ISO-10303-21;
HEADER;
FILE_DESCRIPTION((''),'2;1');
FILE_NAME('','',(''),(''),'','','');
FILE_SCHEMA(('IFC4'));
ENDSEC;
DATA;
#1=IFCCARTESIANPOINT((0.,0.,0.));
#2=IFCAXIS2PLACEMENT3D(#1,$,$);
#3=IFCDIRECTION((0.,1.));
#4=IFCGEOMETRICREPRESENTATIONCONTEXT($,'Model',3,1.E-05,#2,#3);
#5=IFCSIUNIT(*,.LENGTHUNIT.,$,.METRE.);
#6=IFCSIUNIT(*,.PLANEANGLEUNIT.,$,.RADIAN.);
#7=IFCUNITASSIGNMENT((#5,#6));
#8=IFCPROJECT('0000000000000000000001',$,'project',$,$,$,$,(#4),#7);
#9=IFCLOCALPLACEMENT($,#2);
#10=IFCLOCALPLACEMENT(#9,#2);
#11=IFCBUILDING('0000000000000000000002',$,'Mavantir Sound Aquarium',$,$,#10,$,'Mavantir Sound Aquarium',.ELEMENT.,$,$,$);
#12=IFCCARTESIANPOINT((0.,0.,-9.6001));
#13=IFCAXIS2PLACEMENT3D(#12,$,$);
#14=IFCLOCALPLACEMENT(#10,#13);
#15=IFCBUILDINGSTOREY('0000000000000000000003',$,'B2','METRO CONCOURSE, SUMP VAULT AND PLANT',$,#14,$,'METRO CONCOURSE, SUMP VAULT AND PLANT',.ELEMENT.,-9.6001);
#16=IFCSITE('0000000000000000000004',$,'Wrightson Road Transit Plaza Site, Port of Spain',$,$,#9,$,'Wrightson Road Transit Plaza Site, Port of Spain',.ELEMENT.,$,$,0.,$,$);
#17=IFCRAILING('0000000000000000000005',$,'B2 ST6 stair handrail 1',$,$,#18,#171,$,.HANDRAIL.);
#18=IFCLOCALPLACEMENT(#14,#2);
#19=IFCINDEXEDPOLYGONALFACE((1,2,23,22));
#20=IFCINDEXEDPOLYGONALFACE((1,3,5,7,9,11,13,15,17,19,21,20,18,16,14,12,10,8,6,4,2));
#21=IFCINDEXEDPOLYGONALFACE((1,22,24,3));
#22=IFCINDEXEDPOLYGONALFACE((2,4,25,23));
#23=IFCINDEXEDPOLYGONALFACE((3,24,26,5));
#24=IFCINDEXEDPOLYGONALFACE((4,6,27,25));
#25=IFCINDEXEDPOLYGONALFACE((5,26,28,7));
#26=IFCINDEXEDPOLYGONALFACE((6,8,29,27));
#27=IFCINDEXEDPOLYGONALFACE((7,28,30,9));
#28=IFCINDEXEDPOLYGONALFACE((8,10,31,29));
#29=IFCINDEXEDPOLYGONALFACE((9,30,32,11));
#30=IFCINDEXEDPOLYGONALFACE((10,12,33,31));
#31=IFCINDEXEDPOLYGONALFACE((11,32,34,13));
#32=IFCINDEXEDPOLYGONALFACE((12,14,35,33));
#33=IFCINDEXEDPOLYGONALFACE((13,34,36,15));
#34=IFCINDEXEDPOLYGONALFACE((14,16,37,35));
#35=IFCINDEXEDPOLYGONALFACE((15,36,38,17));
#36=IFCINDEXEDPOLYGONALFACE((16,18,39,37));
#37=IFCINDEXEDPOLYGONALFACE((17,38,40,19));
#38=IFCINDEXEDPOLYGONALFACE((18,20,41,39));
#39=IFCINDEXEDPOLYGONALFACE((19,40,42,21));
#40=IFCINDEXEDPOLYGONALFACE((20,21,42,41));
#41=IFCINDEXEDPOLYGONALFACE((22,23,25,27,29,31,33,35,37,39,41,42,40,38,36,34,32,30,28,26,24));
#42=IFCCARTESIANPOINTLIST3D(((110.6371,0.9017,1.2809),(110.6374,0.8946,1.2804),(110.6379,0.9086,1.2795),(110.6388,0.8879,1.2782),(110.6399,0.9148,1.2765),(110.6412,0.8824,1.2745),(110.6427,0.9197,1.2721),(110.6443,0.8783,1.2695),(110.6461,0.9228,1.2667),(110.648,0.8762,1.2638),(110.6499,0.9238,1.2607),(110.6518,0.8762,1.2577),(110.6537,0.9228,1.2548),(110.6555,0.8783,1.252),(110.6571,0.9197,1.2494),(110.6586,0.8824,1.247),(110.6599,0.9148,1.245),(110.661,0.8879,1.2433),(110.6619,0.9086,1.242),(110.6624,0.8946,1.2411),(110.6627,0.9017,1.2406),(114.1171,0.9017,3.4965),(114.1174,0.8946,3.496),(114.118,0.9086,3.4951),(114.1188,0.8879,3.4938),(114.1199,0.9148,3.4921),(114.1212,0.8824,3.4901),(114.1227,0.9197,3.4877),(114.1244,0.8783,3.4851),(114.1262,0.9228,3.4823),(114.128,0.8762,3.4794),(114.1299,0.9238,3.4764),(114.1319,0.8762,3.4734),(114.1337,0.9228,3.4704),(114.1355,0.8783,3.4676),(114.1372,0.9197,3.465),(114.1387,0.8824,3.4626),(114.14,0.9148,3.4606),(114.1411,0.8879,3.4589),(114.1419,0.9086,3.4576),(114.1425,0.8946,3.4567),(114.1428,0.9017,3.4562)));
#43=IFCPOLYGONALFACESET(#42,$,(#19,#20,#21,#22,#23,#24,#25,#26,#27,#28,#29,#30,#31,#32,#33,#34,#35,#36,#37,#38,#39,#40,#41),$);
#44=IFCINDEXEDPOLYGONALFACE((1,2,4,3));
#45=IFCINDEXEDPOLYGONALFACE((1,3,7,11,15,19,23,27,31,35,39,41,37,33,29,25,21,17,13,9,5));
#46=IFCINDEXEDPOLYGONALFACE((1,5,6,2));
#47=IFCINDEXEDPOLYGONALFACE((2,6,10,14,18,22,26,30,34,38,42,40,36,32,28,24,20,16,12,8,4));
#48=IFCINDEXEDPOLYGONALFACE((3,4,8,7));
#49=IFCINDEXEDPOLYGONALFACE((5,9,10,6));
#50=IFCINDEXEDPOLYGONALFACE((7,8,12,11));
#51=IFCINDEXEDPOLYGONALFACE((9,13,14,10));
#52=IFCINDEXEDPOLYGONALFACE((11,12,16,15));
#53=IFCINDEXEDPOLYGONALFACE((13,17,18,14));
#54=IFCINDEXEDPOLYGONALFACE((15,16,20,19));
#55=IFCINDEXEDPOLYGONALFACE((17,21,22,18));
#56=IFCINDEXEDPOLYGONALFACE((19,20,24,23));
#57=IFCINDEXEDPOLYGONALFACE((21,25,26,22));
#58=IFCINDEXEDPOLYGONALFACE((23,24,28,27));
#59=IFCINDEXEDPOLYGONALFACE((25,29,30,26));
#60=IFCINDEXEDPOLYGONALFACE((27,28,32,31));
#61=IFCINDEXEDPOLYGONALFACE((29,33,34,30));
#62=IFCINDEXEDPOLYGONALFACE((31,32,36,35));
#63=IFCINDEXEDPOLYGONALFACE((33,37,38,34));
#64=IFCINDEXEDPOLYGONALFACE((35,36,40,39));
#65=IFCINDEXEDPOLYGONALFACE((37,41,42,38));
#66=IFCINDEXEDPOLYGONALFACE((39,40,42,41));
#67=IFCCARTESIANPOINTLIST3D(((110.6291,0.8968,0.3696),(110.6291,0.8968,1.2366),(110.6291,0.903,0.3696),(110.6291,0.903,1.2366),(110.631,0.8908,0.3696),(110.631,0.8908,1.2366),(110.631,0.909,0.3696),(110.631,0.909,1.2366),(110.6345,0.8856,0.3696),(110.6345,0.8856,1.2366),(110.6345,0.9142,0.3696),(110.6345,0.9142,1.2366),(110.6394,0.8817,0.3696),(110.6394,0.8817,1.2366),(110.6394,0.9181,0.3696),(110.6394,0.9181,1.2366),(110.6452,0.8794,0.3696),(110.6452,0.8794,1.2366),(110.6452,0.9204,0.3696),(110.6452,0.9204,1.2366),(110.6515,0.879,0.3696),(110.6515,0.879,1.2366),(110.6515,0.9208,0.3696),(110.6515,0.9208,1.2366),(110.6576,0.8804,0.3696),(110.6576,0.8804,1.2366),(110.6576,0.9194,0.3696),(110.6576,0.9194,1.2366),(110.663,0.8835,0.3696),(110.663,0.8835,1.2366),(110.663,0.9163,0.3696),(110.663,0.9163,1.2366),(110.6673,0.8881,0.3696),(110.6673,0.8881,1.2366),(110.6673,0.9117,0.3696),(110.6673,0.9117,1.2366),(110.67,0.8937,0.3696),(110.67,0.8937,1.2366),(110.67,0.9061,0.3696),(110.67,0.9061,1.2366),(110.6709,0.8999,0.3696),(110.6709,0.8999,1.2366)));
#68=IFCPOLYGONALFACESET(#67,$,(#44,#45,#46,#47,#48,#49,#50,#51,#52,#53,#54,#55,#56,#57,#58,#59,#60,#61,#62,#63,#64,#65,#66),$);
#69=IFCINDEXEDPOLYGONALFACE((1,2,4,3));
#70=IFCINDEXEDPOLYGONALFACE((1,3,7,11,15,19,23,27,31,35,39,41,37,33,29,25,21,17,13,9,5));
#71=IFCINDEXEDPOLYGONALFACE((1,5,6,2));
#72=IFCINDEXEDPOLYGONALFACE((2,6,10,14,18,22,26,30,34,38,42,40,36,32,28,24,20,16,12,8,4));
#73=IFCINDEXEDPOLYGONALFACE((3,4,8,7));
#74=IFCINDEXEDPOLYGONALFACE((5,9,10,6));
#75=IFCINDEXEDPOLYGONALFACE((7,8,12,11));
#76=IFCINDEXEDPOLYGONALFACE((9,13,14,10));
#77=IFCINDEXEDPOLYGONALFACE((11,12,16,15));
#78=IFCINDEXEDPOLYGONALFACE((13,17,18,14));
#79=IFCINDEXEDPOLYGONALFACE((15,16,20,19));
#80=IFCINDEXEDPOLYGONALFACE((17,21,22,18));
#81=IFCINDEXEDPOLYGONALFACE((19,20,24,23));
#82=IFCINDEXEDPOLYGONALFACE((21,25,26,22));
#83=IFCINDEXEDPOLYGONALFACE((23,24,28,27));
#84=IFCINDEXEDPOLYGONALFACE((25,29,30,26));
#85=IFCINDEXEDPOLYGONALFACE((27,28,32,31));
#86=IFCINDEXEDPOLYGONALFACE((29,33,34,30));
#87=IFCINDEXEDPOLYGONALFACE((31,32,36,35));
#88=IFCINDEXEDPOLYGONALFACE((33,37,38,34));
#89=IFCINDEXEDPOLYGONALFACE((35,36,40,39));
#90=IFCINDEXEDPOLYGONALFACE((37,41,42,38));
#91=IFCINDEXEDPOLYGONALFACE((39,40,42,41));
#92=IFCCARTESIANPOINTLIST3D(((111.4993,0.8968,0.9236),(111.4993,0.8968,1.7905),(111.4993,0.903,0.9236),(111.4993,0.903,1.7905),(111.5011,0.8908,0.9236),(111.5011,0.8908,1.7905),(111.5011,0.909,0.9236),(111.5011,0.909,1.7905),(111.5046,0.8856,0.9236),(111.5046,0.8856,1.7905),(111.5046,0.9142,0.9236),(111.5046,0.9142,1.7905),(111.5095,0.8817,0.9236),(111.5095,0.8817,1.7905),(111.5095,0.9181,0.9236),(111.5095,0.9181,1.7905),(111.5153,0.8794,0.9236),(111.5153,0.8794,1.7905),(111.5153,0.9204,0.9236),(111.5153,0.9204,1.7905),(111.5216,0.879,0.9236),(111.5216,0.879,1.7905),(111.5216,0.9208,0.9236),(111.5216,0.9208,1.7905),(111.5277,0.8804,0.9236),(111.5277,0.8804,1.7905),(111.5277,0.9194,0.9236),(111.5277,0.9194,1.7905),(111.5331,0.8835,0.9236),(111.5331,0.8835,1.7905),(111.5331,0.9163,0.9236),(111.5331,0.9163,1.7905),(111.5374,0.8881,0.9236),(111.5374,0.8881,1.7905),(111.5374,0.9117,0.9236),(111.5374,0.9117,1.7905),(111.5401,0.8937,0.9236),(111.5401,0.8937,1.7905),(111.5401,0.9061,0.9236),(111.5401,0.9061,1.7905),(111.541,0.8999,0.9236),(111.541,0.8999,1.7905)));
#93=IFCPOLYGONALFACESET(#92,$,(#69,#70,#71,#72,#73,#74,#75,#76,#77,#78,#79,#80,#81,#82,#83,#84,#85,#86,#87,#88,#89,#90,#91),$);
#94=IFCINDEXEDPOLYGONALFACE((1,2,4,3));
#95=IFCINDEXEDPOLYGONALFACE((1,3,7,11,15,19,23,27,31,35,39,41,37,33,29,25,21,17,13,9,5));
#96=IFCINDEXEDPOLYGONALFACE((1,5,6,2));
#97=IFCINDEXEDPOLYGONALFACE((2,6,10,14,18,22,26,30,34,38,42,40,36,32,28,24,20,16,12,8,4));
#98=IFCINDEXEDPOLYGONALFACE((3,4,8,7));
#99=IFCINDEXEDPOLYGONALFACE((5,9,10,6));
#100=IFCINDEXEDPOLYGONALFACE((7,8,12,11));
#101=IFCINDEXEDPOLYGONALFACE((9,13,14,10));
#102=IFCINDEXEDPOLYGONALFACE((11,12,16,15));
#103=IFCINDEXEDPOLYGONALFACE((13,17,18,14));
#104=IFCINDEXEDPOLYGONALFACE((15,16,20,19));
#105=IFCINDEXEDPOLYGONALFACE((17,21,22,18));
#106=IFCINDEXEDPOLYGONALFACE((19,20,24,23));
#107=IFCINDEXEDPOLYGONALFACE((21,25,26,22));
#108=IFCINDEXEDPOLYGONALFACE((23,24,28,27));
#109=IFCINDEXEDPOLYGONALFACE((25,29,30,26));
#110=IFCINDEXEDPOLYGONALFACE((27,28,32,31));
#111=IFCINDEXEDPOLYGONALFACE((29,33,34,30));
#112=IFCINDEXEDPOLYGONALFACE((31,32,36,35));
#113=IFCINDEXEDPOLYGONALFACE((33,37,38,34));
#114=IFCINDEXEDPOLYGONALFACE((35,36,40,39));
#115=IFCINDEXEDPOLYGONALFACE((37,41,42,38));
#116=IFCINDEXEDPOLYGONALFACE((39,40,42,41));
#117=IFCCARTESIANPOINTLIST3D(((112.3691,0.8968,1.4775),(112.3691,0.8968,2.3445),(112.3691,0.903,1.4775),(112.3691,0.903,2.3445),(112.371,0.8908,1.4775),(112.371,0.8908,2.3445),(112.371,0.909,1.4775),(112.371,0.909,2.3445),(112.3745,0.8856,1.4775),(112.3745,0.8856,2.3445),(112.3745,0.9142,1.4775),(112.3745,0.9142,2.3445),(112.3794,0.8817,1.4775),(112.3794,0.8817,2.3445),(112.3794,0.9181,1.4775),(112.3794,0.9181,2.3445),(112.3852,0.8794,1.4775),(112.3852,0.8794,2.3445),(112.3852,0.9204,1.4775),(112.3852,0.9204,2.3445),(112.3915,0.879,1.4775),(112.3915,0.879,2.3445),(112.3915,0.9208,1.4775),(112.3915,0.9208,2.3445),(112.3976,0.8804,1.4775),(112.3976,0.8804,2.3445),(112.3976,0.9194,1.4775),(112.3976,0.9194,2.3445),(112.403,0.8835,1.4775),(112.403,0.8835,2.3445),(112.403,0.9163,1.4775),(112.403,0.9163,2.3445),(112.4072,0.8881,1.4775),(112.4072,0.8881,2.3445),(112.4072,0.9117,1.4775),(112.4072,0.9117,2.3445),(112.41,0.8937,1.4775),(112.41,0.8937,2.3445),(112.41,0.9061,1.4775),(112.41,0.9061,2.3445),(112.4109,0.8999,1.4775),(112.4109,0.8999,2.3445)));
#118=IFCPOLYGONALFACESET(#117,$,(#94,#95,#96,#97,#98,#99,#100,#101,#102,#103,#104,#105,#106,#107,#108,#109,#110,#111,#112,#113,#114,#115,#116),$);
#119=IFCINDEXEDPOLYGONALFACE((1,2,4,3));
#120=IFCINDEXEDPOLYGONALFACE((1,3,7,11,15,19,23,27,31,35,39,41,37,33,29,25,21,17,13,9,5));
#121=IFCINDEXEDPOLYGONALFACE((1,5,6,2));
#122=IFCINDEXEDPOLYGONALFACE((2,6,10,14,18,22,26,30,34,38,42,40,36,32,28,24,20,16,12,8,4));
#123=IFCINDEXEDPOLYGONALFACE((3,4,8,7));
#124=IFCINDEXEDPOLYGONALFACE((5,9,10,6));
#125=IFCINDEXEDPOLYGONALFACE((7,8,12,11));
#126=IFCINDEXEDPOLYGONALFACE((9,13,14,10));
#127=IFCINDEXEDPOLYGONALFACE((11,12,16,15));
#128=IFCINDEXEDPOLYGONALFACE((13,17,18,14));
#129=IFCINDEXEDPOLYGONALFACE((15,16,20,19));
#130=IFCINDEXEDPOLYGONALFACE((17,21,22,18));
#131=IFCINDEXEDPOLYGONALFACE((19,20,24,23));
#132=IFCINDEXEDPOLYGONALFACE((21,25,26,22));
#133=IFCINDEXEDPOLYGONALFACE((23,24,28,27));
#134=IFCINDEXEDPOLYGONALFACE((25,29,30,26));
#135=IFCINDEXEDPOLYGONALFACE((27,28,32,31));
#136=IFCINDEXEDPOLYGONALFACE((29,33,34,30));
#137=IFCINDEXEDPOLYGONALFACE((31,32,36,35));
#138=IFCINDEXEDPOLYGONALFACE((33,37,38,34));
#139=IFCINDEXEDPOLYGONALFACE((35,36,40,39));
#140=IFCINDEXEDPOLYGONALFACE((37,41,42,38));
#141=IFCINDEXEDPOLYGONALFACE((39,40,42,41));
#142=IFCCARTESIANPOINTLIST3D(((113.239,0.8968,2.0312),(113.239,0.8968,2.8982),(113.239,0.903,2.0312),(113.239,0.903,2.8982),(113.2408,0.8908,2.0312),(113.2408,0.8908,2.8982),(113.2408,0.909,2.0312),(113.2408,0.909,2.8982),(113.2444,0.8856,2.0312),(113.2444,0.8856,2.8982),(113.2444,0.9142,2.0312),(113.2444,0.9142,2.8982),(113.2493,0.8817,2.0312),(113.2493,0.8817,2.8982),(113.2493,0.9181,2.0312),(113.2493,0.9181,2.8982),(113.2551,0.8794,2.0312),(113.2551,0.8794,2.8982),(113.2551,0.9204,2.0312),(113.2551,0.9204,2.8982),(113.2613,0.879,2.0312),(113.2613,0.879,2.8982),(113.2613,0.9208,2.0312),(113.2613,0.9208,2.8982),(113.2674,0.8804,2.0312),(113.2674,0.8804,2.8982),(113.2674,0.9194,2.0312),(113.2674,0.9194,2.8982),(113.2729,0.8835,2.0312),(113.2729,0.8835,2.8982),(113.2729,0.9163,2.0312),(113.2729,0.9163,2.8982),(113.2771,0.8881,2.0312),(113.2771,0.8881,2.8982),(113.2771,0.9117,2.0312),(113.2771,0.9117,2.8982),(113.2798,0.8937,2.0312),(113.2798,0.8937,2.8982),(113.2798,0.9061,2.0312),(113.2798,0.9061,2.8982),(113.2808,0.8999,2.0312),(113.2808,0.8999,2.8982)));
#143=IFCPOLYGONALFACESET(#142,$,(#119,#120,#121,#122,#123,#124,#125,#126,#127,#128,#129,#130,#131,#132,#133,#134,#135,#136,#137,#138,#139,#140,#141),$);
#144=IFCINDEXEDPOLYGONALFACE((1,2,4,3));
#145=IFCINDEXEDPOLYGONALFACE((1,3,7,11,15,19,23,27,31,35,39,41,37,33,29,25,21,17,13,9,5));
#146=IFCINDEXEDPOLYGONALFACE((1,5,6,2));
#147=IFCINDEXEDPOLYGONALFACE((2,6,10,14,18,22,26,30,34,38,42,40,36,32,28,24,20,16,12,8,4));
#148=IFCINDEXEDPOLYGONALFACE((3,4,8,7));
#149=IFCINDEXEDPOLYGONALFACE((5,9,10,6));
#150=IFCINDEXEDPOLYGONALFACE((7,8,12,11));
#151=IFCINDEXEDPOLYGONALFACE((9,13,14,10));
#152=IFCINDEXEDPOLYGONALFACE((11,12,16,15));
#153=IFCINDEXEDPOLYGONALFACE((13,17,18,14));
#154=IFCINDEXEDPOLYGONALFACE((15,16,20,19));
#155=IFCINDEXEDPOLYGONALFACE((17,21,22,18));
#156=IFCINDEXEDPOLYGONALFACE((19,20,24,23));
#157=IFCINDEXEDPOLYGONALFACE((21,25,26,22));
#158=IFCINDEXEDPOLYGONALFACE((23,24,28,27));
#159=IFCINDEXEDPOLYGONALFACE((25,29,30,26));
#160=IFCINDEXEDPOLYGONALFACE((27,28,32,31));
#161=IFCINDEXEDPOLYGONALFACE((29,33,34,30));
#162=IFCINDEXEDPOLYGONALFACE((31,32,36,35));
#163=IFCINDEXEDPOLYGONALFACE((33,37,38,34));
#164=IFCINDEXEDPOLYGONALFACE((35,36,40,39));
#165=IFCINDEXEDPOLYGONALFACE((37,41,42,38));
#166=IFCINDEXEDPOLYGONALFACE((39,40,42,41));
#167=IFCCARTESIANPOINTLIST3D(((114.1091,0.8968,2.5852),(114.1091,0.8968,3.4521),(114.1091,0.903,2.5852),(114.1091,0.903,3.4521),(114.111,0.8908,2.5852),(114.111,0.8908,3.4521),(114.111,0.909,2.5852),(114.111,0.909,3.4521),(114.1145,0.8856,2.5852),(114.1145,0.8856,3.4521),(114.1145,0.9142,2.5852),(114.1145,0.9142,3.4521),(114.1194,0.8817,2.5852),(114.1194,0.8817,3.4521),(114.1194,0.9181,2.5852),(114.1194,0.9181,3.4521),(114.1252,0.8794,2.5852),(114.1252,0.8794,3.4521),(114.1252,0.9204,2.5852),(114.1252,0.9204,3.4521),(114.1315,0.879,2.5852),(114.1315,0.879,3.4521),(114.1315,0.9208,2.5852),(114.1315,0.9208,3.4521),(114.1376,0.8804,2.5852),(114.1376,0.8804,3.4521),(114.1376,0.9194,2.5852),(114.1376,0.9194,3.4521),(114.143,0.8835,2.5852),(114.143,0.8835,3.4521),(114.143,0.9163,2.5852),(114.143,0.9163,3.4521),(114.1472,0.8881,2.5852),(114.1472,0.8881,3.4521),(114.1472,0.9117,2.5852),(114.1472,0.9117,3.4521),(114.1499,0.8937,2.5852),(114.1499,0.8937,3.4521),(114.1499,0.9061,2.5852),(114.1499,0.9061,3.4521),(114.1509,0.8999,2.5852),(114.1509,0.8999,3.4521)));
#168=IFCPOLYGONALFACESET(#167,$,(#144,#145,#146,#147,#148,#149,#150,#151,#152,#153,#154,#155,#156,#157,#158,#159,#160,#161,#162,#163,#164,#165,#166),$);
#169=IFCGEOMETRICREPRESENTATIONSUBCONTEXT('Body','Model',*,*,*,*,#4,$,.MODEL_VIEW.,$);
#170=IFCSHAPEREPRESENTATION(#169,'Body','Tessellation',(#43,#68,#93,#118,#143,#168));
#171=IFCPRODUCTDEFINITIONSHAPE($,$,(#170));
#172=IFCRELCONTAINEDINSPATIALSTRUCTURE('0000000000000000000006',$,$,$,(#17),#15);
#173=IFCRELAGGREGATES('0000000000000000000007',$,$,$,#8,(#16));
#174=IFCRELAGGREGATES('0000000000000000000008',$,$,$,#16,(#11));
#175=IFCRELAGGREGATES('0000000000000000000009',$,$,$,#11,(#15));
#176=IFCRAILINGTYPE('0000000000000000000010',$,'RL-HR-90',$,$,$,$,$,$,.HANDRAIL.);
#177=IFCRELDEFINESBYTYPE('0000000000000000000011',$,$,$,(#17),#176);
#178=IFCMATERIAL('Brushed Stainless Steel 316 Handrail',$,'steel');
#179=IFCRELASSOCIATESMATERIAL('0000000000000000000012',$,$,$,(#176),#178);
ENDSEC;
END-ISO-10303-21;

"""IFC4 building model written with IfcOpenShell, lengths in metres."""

from ifc_helpers import new_model, si_unit, direction, frame, origin, origin_2d, place, context, subcontext, project, spatial, circle, extrude, material, type_object, element, save


model = new_model("IFC4")

# Units and contexts
model_context = context("Model", 3, precision=1e-05, world=origin(), true_north=direction((0.0, 1.0)))
body_context = subcontext(model_context, "Body", "Model", "MODEL_VIEW")
ifc_project = project(units=[si_unit("LENGTHUNIT", "METRE"), si_unit("PLANEANGLEUNIT", "RADIAN")], contexts=[model_context])

# Site, building, storey
site_placement = place(None, origin())
site = spatial("IfcSite", under=ifc_project, at=site_placement, Name="Wrightson Road Transit Plaza Site, Port of Spain", LongName="Wrightson Road Transit Plaza Site, Port of Spain", CompositionType="ELEMENT", RefElevation=0.0)
building_placement = place(site_placement, origin())
building = spatial("IfcBuilding", under=site, at=building_placement, Name="Mavantir Sound Aquarium", LongName="Mavantir Sound Aquarium", CompositionType="ELEMENT")
storey_placement = place(building_placement, frame((0.0, 0.0, -9.6001)))
storey = spatial("IfcBuildingStorey", under=building, at=storey_placement, Name="B2", Description="METRO CONCOURSE, SUMP VAULT AND PLANT", LongName="METRO CONCOURSE, SUMP VAULT AND PLANT", CompositionType="ELEMENT", Elevation=-9.6001)

# Railing
ifc_material_1 = material(Name="Brushed Stainless Steel 316 Handrail", Category="steel")
railing_type_1 = type_object("IfcRailingType", Name="RL-HR-90", PredefinedType="HANDRAIL", material=ifc_material_1)
railing_1_placement = place(storey_placement, frame((110.6499, 0.8999, 0.3696)))
element("IfcRailing", 1, at=railing_1_placement, inside=storey, type_object=railing_type_1, Name="B2 ST6 stair handrail 1", PredefinedType="HANDRAIL", context=body_context, shape_type="SweptSolid", body=[
    extrude(circle(Radius=0.0239, at=origin_2d()), frame((0.0, 0.0, 0.8911), z_axis=(0.843547, 0.0, 0.537055), x_axis=(0.0, 1.0, 0.0)), (0.0, 0.0, 1.0), 4.1255),
    extrude(circle(Radius=0.021, at=origin_2d()), origin(), (0.0, 0.0, 1.0), 0.8669),
    extrude(circle(Radius=0.021, at=origin_2d()), frame((0.8701, 0.0, 0.554)), (0.0, 0.0, 1.0), 0.8669),
    extrude(circle(Radius=0.021, at=origin_2d()), frame((1.74, 0.0, 1.1079)), (0.0, 0.0, 1.0), 0.8669),
    extrude(circle(Radius=0.021, at=origin_2d()), frame((2.6099, 0.0, 1.6616)), (0.0, 0.0, 1.0), 0.8669),
    extrude(circle(Radius=0.021, at=origin_2d()), frame((3.48, 0.0, 2.2156)), (0.0, 0.0, 1.0), 0.8669),
])

save(model, "model.ifc")
